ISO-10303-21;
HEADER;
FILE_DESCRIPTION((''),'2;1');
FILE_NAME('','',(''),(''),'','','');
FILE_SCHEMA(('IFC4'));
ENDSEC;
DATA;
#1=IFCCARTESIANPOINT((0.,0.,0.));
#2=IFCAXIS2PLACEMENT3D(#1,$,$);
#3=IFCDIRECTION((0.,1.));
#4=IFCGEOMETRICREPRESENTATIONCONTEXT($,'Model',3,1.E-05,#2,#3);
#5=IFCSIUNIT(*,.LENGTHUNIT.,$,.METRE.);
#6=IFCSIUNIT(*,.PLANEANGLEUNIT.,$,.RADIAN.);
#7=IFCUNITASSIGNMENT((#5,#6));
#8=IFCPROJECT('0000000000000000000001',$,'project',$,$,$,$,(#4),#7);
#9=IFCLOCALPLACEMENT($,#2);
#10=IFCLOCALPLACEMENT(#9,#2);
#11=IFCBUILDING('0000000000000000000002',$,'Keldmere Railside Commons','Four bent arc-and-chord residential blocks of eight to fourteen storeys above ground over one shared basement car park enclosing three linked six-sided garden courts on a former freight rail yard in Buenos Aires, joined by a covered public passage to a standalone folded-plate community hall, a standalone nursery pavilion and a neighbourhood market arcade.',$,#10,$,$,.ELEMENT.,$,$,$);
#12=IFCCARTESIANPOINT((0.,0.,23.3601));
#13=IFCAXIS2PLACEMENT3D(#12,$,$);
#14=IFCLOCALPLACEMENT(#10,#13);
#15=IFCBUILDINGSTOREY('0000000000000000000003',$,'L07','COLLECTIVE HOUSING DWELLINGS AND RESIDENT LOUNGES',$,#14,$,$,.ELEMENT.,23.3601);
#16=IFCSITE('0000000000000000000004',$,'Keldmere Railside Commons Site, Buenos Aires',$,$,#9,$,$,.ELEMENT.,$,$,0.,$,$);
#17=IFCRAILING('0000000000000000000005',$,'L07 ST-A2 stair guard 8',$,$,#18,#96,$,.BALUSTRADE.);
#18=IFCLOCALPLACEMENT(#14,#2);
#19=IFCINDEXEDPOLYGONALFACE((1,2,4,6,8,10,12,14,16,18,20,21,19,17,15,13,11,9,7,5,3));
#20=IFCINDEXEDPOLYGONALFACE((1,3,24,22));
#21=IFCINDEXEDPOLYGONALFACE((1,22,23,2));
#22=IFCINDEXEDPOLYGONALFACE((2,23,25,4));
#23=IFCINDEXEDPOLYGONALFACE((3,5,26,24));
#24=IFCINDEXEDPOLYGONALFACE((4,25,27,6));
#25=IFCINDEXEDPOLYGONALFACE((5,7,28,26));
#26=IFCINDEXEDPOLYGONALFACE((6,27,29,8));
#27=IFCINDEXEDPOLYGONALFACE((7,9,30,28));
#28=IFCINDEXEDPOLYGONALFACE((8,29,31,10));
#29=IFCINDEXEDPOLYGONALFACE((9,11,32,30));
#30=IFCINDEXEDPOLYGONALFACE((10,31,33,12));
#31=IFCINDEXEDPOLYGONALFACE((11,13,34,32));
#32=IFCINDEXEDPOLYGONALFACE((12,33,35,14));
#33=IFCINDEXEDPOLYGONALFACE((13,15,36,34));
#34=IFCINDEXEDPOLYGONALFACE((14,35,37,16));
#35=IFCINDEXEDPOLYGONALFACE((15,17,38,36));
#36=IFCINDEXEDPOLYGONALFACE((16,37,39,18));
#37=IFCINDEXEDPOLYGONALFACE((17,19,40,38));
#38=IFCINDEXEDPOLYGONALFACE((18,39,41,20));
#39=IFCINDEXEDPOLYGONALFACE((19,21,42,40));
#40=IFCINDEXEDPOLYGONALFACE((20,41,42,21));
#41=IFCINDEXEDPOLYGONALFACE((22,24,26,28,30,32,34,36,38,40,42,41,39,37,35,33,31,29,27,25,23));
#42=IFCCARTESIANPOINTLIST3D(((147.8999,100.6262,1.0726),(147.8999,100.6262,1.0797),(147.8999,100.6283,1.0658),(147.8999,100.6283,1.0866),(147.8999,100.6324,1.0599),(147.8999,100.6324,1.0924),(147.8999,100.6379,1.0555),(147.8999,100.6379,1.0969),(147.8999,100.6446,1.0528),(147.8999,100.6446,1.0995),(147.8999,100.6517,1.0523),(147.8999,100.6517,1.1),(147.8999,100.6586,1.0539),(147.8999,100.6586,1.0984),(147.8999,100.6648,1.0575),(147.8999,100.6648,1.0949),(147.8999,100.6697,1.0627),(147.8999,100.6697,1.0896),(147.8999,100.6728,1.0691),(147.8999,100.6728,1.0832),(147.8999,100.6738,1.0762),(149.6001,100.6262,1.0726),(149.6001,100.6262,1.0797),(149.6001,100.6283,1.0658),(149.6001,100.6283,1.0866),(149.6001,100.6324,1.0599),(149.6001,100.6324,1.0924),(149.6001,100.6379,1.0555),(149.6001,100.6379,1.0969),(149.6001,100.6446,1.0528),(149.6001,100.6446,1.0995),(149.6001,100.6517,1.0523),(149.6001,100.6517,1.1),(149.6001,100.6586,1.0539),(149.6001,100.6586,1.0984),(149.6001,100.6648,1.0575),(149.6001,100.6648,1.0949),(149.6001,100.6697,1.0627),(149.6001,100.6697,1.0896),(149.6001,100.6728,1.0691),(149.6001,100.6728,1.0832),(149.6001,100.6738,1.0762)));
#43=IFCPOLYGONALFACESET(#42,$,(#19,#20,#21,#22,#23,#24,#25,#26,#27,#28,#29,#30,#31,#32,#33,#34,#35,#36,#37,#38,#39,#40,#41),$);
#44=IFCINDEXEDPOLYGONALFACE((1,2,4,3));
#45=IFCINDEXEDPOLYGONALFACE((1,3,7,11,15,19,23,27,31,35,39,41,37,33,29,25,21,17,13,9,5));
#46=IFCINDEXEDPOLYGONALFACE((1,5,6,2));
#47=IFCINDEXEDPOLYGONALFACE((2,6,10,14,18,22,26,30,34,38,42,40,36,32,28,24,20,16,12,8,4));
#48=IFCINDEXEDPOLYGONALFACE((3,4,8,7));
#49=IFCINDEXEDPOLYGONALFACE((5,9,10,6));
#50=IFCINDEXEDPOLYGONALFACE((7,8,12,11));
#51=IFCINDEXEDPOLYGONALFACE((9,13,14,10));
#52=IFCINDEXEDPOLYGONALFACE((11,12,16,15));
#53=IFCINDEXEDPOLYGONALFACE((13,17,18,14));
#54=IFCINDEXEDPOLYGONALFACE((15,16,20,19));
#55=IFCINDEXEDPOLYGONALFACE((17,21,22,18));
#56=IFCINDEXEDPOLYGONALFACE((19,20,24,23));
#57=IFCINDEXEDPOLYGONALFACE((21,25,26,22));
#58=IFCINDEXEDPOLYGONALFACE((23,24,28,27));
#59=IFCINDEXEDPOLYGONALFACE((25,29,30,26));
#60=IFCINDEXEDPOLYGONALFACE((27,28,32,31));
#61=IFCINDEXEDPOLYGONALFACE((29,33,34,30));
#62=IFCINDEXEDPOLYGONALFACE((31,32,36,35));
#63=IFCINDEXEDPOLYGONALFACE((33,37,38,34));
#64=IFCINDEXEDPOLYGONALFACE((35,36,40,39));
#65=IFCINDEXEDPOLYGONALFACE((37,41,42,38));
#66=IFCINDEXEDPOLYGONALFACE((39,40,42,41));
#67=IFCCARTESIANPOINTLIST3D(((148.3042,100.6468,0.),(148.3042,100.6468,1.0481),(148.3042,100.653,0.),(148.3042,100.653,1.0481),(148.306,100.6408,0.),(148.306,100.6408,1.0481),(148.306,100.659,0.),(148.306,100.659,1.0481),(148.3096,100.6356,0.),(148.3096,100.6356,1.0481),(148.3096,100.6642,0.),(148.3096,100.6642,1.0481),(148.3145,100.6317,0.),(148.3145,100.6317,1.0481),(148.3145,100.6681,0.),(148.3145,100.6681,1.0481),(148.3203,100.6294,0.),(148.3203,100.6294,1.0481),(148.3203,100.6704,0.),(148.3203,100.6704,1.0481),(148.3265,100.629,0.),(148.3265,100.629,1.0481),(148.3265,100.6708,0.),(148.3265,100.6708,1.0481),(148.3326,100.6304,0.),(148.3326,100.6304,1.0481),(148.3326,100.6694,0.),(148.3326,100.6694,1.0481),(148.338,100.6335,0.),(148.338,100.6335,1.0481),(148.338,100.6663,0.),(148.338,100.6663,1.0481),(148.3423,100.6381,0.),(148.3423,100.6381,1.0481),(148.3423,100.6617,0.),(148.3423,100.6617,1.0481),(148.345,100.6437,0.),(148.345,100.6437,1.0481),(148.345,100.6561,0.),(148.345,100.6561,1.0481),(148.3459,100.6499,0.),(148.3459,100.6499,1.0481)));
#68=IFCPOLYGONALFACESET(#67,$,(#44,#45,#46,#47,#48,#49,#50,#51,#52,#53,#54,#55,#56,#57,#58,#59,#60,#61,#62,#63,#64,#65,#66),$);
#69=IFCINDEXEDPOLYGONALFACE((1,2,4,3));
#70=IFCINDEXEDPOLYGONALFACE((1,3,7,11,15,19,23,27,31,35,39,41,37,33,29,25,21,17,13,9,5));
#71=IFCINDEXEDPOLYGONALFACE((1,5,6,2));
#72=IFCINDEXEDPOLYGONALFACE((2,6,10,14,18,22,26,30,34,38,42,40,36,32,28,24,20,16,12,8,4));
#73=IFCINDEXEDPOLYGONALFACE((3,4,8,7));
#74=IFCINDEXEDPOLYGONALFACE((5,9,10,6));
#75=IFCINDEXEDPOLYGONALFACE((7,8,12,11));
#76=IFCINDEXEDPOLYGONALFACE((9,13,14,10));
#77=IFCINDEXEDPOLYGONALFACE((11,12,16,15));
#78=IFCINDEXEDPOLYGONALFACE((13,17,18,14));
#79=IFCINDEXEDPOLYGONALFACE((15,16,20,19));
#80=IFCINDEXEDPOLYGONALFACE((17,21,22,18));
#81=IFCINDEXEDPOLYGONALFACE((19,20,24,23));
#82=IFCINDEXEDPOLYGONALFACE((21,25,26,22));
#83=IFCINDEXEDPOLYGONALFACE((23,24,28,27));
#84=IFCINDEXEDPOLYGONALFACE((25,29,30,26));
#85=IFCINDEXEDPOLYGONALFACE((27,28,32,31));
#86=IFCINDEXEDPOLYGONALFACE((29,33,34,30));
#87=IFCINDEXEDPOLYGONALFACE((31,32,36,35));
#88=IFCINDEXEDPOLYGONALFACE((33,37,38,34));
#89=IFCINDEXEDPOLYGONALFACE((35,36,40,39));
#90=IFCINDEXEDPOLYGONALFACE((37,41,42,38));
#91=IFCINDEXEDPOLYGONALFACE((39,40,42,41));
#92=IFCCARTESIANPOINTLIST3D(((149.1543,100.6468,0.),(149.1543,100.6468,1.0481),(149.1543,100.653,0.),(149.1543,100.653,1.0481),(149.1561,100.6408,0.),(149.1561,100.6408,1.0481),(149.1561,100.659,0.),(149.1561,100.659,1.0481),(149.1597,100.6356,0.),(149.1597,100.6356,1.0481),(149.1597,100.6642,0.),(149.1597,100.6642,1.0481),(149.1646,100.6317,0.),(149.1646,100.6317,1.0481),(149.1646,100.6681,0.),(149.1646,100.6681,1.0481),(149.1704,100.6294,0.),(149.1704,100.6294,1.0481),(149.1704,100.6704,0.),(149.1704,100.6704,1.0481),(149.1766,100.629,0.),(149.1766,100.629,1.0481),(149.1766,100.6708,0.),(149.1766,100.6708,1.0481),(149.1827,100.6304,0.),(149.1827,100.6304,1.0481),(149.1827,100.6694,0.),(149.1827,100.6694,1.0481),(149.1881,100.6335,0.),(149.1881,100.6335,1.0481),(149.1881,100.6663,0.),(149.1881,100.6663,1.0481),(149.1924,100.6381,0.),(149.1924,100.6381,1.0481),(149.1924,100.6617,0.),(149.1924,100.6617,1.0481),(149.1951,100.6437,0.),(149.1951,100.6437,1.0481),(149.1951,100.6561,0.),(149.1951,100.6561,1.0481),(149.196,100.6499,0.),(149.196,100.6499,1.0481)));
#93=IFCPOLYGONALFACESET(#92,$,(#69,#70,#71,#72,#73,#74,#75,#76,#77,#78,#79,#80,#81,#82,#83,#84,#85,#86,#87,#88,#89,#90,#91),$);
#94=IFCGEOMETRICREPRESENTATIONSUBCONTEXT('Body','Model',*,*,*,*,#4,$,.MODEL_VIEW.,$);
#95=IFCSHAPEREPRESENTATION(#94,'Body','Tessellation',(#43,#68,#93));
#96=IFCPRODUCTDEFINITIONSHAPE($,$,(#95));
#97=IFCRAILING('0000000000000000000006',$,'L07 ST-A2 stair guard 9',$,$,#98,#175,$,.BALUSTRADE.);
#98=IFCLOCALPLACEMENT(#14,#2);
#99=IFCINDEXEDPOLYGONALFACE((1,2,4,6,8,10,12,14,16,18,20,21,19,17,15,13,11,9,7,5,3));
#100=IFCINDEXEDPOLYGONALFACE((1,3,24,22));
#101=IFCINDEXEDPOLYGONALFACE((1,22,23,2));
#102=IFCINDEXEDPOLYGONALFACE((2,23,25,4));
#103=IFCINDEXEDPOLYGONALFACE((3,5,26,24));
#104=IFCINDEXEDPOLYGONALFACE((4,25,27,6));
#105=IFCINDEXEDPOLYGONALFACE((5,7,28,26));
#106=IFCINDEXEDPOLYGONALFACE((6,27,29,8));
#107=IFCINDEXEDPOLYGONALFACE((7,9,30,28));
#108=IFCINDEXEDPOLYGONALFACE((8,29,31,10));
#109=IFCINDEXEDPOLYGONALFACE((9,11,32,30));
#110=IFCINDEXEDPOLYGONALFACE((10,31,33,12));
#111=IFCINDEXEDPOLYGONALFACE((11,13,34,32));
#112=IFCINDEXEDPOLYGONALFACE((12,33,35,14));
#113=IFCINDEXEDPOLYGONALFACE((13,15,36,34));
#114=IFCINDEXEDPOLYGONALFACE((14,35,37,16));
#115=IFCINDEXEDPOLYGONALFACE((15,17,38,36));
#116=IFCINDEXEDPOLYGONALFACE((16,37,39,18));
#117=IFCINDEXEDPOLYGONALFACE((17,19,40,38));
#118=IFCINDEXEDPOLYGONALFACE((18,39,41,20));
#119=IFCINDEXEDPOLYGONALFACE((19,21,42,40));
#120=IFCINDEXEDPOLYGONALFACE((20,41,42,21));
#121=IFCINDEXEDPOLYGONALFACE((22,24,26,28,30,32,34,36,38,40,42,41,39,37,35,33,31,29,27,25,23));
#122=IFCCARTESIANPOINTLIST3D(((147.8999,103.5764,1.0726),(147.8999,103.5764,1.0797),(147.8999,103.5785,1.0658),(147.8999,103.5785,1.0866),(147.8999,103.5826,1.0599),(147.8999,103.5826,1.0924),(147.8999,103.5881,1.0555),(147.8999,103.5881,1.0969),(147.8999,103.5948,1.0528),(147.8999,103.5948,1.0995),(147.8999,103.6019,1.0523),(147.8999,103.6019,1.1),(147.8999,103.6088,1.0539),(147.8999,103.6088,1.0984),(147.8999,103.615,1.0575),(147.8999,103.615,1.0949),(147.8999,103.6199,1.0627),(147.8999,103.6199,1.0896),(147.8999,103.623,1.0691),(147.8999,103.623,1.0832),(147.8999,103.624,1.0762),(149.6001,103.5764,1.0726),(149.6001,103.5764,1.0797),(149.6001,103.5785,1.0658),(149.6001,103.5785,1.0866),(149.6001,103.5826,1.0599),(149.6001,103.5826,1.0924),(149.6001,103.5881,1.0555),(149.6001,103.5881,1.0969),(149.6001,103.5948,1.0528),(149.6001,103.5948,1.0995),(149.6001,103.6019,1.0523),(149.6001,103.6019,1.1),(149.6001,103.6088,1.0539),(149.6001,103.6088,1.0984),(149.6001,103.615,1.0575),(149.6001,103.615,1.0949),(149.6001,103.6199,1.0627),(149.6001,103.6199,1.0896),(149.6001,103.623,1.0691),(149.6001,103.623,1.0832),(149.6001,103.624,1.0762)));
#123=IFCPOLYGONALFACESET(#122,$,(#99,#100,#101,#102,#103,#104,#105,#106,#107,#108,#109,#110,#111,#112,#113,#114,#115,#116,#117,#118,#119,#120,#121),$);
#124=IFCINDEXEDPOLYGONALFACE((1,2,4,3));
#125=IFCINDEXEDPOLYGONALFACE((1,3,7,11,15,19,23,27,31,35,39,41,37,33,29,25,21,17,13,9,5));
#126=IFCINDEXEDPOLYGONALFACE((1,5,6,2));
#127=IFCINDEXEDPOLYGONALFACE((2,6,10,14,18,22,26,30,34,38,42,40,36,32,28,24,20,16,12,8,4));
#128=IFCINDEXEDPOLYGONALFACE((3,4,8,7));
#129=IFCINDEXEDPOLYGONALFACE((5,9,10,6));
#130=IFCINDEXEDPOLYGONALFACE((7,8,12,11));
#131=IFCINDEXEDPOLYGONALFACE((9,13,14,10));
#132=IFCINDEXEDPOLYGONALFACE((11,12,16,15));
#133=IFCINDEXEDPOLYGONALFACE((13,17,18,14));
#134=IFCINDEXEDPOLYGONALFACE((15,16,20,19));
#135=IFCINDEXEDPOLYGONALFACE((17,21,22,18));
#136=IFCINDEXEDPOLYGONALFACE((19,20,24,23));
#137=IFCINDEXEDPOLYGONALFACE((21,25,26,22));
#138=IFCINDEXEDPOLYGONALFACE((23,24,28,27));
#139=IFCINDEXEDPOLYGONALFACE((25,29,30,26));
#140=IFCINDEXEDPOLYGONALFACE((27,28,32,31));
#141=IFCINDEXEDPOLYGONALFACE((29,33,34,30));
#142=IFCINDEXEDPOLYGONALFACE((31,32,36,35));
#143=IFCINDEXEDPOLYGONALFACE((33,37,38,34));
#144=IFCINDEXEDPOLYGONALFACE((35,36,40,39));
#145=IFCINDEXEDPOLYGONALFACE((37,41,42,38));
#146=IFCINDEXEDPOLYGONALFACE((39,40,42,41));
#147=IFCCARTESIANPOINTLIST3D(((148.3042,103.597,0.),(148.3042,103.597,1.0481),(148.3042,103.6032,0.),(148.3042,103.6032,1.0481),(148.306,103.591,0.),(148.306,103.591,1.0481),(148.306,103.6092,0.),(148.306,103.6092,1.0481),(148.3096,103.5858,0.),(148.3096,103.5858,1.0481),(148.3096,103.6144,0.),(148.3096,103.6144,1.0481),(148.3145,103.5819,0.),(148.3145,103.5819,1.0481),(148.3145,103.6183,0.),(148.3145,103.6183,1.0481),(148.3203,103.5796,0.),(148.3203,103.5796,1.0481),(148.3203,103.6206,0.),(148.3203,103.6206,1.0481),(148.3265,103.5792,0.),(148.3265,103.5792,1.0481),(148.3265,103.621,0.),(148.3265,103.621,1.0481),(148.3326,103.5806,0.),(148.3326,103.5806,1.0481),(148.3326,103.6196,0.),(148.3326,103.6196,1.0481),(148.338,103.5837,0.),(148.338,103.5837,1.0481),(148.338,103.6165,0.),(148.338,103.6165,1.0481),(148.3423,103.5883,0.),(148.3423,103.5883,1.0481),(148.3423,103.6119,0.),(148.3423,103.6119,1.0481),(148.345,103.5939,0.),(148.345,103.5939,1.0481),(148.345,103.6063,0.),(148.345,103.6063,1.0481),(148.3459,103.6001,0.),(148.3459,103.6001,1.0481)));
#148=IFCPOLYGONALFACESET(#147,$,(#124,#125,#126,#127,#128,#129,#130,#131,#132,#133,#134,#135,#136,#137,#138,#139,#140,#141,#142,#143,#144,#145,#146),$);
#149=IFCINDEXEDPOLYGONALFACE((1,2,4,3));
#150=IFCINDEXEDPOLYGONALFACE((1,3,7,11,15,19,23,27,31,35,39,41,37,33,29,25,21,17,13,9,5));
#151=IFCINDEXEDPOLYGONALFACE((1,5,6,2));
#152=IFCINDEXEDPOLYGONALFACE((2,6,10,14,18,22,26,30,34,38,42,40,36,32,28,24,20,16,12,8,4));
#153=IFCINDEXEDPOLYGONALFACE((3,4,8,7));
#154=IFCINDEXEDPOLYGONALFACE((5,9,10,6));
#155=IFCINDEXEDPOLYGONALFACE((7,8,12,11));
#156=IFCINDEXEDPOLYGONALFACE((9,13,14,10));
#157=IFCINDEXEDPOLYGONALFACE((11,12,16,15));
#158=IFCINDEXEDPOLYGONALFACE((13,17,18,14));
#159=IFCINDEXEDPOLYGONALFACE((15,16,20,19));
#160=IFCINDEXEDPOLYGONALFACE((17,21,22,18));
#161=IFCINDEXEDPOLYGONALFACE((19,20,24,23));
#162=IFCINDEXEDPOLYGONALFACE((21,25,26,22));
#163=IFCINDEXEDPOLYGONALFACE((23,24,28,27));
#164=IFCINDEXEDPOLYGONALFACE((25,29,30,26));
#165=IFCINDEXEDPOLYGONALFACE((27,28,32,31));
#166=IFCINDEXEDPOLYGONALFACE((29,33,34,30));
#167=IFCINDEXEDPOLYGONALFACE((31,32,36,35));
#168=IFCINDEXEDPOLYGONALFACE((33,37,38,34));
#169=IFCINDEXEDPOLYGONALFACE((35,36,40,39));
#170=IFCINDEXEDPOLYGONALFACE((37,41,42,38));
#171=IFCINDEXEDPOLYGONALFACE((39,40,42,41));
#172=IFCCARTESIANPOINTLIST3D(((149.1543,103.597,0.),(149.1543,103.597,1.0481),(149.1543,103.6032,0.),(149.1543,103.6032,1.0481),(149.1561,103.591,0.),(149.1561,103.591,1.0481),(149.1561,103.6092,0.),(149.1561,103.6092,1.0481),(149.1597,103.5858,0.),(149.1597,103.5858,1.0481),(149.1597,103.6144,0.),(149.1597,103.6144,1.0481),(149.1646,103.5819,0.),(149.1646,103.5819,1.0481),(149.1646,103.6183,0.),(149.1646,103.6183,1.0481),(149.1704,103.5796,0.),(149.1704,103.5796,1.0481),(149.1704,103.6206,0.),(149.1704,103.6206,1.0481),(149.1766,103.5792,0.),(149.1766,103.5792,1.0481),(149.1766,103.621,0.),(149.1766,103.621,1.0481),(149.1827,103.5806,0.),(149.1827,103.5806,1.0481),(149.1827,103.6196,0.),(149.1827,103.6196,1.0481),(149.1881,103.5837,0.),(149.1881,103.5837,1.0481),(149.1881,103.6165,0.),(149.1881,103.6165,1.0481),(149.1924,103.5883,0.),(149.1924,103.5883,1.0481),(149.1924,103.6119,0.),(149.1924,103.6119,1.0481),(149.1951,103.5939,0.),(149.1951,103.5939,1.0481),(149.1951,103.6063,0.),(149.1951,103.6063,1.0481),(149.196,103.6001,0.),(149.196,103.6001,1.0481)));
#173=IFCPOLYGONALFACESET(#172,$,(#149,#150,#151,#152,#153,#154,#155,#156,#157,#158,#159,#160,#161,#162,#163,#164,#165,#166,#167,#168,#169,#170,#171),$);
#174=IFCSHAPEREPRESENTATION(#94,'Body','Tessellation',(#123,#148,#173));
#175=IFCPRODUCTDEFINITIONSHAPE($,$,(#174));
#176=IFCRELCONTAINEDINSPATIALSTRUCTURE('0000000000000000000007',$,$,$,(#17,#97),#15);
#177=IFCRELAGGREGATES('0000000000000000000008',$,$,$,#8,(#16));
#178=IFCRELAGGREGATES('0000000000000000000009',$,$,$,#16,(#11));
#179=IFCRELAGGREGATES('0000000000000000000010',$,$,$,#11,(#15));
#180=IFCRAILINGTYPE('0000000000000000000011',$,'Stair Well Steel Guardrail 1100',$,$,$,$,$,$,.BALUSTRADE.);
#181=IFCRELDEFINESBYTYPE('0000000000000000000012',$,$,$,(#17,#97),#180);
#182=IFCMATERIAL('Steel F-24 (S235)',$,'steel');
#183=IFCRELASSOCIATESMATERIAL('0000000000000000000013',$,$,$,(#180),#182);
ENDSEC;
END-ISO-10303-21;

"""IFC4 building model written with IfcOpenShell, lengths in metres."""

from ifc_helpers import new_model, si_unit, direction, frame, origin, origin_2d, place, context, subcontext, project, spatial, circle, extrude, material, type_object, element, save


model = new_model("IFC4")

# Units and contexts
model_context = context("Model", 3, precision=1e-05, world=origin(), true_north=direction((0.0, 1.0)))
body_context = subcontext(model_context, "Body", "Model", "MODEL_VIEW")
ifc_project = project(units=[si_unit("LENGTHUNIT", "METRE"), si_unit("PLANEANGLEUNIT", "RADIAN")], contexts=[model_context])

# Site, building, storey
site_placement = place(None, origin())
site = spatial("IfcSite", under=ifc_project, at=site_placement, Name="Keldmere Railside Commons Site, Buenos Aires", CompositionType="ELEMENT", RefElevation=0.0)
building_placement = place(site_placement, origin())
building = spatial("IfcBuilding", under=site, at=building_placement, Name="Keldmere Railside Commons", Description="Four bent arc-and-chord residential blocks of eight to fourteen storeys above ground over one shared basement car park enclosing three linked six-sided garden courts on a former freight rail yard in Buenos Aires, joined by a covered public passage to a standalone folded-plate community hall, a standalone nursery pavilion and a neighbourhood market arcade.", CompositionType="ELEMENT")
storey_placement = place(building_placement, frame((0.0, 0.0, 23.3601)))
storey = spatial("IfcBuildingStorey", under=building, at=storey_placement, Name="L07", Description="COLLECTIVE HOUSING DWELLINGS AND RESIDENT LOUNGES", CompositionType="ELEMENT", Elevation=23.3601)

# Railings
ifc_material_1 = material(Name="Steel F-24 (S235)", Category="steel")
railing_type_1 = type_object("IfcRailingType", Name="Stair Well Steel Guardrail 1100", PredefinedType="BALUSTRADE", material=ifc_material_1)
for number, where, name in (
    (1, (147.8999, 100.6499, 0.0), "L07 ST-A2 stair guard 8"),
    (2, (147.8999, 103.6001, 0.0), "L07 ST-A2 stair guard 9"),
):
    element("IfcRailing", number, at=place(storey_placement, frame(where)), inside=storey, type_object=railing_type_1, Name=name, PredefinedType="BALUSTRADE", context=body_context, shape_type="SweptSolid", body=[
        extrude(circle(Radius=0.0239, at=origin_2d()), frame((0.0, 0.0, 1.0762), z_axis=(1.0, 0.0, 0.0), x_axis=(0.0, 1.0, 0.0)), (0.0, 0.0, 1.0), 1.7002),
        extrude(circle(Radius=0.021, at=origin_2d()), frame((0.425, 0.0, 0.0)), (0.0, 0.0, 1.0), 1.0481),
        extrude(circle(Radius=0.021, at=origin_2d()), frame((1.2751, 0.0, 0.0)), (0.0, 0.0, 1.0), 1.0481),
    ])

save(model, "model.ifc")
